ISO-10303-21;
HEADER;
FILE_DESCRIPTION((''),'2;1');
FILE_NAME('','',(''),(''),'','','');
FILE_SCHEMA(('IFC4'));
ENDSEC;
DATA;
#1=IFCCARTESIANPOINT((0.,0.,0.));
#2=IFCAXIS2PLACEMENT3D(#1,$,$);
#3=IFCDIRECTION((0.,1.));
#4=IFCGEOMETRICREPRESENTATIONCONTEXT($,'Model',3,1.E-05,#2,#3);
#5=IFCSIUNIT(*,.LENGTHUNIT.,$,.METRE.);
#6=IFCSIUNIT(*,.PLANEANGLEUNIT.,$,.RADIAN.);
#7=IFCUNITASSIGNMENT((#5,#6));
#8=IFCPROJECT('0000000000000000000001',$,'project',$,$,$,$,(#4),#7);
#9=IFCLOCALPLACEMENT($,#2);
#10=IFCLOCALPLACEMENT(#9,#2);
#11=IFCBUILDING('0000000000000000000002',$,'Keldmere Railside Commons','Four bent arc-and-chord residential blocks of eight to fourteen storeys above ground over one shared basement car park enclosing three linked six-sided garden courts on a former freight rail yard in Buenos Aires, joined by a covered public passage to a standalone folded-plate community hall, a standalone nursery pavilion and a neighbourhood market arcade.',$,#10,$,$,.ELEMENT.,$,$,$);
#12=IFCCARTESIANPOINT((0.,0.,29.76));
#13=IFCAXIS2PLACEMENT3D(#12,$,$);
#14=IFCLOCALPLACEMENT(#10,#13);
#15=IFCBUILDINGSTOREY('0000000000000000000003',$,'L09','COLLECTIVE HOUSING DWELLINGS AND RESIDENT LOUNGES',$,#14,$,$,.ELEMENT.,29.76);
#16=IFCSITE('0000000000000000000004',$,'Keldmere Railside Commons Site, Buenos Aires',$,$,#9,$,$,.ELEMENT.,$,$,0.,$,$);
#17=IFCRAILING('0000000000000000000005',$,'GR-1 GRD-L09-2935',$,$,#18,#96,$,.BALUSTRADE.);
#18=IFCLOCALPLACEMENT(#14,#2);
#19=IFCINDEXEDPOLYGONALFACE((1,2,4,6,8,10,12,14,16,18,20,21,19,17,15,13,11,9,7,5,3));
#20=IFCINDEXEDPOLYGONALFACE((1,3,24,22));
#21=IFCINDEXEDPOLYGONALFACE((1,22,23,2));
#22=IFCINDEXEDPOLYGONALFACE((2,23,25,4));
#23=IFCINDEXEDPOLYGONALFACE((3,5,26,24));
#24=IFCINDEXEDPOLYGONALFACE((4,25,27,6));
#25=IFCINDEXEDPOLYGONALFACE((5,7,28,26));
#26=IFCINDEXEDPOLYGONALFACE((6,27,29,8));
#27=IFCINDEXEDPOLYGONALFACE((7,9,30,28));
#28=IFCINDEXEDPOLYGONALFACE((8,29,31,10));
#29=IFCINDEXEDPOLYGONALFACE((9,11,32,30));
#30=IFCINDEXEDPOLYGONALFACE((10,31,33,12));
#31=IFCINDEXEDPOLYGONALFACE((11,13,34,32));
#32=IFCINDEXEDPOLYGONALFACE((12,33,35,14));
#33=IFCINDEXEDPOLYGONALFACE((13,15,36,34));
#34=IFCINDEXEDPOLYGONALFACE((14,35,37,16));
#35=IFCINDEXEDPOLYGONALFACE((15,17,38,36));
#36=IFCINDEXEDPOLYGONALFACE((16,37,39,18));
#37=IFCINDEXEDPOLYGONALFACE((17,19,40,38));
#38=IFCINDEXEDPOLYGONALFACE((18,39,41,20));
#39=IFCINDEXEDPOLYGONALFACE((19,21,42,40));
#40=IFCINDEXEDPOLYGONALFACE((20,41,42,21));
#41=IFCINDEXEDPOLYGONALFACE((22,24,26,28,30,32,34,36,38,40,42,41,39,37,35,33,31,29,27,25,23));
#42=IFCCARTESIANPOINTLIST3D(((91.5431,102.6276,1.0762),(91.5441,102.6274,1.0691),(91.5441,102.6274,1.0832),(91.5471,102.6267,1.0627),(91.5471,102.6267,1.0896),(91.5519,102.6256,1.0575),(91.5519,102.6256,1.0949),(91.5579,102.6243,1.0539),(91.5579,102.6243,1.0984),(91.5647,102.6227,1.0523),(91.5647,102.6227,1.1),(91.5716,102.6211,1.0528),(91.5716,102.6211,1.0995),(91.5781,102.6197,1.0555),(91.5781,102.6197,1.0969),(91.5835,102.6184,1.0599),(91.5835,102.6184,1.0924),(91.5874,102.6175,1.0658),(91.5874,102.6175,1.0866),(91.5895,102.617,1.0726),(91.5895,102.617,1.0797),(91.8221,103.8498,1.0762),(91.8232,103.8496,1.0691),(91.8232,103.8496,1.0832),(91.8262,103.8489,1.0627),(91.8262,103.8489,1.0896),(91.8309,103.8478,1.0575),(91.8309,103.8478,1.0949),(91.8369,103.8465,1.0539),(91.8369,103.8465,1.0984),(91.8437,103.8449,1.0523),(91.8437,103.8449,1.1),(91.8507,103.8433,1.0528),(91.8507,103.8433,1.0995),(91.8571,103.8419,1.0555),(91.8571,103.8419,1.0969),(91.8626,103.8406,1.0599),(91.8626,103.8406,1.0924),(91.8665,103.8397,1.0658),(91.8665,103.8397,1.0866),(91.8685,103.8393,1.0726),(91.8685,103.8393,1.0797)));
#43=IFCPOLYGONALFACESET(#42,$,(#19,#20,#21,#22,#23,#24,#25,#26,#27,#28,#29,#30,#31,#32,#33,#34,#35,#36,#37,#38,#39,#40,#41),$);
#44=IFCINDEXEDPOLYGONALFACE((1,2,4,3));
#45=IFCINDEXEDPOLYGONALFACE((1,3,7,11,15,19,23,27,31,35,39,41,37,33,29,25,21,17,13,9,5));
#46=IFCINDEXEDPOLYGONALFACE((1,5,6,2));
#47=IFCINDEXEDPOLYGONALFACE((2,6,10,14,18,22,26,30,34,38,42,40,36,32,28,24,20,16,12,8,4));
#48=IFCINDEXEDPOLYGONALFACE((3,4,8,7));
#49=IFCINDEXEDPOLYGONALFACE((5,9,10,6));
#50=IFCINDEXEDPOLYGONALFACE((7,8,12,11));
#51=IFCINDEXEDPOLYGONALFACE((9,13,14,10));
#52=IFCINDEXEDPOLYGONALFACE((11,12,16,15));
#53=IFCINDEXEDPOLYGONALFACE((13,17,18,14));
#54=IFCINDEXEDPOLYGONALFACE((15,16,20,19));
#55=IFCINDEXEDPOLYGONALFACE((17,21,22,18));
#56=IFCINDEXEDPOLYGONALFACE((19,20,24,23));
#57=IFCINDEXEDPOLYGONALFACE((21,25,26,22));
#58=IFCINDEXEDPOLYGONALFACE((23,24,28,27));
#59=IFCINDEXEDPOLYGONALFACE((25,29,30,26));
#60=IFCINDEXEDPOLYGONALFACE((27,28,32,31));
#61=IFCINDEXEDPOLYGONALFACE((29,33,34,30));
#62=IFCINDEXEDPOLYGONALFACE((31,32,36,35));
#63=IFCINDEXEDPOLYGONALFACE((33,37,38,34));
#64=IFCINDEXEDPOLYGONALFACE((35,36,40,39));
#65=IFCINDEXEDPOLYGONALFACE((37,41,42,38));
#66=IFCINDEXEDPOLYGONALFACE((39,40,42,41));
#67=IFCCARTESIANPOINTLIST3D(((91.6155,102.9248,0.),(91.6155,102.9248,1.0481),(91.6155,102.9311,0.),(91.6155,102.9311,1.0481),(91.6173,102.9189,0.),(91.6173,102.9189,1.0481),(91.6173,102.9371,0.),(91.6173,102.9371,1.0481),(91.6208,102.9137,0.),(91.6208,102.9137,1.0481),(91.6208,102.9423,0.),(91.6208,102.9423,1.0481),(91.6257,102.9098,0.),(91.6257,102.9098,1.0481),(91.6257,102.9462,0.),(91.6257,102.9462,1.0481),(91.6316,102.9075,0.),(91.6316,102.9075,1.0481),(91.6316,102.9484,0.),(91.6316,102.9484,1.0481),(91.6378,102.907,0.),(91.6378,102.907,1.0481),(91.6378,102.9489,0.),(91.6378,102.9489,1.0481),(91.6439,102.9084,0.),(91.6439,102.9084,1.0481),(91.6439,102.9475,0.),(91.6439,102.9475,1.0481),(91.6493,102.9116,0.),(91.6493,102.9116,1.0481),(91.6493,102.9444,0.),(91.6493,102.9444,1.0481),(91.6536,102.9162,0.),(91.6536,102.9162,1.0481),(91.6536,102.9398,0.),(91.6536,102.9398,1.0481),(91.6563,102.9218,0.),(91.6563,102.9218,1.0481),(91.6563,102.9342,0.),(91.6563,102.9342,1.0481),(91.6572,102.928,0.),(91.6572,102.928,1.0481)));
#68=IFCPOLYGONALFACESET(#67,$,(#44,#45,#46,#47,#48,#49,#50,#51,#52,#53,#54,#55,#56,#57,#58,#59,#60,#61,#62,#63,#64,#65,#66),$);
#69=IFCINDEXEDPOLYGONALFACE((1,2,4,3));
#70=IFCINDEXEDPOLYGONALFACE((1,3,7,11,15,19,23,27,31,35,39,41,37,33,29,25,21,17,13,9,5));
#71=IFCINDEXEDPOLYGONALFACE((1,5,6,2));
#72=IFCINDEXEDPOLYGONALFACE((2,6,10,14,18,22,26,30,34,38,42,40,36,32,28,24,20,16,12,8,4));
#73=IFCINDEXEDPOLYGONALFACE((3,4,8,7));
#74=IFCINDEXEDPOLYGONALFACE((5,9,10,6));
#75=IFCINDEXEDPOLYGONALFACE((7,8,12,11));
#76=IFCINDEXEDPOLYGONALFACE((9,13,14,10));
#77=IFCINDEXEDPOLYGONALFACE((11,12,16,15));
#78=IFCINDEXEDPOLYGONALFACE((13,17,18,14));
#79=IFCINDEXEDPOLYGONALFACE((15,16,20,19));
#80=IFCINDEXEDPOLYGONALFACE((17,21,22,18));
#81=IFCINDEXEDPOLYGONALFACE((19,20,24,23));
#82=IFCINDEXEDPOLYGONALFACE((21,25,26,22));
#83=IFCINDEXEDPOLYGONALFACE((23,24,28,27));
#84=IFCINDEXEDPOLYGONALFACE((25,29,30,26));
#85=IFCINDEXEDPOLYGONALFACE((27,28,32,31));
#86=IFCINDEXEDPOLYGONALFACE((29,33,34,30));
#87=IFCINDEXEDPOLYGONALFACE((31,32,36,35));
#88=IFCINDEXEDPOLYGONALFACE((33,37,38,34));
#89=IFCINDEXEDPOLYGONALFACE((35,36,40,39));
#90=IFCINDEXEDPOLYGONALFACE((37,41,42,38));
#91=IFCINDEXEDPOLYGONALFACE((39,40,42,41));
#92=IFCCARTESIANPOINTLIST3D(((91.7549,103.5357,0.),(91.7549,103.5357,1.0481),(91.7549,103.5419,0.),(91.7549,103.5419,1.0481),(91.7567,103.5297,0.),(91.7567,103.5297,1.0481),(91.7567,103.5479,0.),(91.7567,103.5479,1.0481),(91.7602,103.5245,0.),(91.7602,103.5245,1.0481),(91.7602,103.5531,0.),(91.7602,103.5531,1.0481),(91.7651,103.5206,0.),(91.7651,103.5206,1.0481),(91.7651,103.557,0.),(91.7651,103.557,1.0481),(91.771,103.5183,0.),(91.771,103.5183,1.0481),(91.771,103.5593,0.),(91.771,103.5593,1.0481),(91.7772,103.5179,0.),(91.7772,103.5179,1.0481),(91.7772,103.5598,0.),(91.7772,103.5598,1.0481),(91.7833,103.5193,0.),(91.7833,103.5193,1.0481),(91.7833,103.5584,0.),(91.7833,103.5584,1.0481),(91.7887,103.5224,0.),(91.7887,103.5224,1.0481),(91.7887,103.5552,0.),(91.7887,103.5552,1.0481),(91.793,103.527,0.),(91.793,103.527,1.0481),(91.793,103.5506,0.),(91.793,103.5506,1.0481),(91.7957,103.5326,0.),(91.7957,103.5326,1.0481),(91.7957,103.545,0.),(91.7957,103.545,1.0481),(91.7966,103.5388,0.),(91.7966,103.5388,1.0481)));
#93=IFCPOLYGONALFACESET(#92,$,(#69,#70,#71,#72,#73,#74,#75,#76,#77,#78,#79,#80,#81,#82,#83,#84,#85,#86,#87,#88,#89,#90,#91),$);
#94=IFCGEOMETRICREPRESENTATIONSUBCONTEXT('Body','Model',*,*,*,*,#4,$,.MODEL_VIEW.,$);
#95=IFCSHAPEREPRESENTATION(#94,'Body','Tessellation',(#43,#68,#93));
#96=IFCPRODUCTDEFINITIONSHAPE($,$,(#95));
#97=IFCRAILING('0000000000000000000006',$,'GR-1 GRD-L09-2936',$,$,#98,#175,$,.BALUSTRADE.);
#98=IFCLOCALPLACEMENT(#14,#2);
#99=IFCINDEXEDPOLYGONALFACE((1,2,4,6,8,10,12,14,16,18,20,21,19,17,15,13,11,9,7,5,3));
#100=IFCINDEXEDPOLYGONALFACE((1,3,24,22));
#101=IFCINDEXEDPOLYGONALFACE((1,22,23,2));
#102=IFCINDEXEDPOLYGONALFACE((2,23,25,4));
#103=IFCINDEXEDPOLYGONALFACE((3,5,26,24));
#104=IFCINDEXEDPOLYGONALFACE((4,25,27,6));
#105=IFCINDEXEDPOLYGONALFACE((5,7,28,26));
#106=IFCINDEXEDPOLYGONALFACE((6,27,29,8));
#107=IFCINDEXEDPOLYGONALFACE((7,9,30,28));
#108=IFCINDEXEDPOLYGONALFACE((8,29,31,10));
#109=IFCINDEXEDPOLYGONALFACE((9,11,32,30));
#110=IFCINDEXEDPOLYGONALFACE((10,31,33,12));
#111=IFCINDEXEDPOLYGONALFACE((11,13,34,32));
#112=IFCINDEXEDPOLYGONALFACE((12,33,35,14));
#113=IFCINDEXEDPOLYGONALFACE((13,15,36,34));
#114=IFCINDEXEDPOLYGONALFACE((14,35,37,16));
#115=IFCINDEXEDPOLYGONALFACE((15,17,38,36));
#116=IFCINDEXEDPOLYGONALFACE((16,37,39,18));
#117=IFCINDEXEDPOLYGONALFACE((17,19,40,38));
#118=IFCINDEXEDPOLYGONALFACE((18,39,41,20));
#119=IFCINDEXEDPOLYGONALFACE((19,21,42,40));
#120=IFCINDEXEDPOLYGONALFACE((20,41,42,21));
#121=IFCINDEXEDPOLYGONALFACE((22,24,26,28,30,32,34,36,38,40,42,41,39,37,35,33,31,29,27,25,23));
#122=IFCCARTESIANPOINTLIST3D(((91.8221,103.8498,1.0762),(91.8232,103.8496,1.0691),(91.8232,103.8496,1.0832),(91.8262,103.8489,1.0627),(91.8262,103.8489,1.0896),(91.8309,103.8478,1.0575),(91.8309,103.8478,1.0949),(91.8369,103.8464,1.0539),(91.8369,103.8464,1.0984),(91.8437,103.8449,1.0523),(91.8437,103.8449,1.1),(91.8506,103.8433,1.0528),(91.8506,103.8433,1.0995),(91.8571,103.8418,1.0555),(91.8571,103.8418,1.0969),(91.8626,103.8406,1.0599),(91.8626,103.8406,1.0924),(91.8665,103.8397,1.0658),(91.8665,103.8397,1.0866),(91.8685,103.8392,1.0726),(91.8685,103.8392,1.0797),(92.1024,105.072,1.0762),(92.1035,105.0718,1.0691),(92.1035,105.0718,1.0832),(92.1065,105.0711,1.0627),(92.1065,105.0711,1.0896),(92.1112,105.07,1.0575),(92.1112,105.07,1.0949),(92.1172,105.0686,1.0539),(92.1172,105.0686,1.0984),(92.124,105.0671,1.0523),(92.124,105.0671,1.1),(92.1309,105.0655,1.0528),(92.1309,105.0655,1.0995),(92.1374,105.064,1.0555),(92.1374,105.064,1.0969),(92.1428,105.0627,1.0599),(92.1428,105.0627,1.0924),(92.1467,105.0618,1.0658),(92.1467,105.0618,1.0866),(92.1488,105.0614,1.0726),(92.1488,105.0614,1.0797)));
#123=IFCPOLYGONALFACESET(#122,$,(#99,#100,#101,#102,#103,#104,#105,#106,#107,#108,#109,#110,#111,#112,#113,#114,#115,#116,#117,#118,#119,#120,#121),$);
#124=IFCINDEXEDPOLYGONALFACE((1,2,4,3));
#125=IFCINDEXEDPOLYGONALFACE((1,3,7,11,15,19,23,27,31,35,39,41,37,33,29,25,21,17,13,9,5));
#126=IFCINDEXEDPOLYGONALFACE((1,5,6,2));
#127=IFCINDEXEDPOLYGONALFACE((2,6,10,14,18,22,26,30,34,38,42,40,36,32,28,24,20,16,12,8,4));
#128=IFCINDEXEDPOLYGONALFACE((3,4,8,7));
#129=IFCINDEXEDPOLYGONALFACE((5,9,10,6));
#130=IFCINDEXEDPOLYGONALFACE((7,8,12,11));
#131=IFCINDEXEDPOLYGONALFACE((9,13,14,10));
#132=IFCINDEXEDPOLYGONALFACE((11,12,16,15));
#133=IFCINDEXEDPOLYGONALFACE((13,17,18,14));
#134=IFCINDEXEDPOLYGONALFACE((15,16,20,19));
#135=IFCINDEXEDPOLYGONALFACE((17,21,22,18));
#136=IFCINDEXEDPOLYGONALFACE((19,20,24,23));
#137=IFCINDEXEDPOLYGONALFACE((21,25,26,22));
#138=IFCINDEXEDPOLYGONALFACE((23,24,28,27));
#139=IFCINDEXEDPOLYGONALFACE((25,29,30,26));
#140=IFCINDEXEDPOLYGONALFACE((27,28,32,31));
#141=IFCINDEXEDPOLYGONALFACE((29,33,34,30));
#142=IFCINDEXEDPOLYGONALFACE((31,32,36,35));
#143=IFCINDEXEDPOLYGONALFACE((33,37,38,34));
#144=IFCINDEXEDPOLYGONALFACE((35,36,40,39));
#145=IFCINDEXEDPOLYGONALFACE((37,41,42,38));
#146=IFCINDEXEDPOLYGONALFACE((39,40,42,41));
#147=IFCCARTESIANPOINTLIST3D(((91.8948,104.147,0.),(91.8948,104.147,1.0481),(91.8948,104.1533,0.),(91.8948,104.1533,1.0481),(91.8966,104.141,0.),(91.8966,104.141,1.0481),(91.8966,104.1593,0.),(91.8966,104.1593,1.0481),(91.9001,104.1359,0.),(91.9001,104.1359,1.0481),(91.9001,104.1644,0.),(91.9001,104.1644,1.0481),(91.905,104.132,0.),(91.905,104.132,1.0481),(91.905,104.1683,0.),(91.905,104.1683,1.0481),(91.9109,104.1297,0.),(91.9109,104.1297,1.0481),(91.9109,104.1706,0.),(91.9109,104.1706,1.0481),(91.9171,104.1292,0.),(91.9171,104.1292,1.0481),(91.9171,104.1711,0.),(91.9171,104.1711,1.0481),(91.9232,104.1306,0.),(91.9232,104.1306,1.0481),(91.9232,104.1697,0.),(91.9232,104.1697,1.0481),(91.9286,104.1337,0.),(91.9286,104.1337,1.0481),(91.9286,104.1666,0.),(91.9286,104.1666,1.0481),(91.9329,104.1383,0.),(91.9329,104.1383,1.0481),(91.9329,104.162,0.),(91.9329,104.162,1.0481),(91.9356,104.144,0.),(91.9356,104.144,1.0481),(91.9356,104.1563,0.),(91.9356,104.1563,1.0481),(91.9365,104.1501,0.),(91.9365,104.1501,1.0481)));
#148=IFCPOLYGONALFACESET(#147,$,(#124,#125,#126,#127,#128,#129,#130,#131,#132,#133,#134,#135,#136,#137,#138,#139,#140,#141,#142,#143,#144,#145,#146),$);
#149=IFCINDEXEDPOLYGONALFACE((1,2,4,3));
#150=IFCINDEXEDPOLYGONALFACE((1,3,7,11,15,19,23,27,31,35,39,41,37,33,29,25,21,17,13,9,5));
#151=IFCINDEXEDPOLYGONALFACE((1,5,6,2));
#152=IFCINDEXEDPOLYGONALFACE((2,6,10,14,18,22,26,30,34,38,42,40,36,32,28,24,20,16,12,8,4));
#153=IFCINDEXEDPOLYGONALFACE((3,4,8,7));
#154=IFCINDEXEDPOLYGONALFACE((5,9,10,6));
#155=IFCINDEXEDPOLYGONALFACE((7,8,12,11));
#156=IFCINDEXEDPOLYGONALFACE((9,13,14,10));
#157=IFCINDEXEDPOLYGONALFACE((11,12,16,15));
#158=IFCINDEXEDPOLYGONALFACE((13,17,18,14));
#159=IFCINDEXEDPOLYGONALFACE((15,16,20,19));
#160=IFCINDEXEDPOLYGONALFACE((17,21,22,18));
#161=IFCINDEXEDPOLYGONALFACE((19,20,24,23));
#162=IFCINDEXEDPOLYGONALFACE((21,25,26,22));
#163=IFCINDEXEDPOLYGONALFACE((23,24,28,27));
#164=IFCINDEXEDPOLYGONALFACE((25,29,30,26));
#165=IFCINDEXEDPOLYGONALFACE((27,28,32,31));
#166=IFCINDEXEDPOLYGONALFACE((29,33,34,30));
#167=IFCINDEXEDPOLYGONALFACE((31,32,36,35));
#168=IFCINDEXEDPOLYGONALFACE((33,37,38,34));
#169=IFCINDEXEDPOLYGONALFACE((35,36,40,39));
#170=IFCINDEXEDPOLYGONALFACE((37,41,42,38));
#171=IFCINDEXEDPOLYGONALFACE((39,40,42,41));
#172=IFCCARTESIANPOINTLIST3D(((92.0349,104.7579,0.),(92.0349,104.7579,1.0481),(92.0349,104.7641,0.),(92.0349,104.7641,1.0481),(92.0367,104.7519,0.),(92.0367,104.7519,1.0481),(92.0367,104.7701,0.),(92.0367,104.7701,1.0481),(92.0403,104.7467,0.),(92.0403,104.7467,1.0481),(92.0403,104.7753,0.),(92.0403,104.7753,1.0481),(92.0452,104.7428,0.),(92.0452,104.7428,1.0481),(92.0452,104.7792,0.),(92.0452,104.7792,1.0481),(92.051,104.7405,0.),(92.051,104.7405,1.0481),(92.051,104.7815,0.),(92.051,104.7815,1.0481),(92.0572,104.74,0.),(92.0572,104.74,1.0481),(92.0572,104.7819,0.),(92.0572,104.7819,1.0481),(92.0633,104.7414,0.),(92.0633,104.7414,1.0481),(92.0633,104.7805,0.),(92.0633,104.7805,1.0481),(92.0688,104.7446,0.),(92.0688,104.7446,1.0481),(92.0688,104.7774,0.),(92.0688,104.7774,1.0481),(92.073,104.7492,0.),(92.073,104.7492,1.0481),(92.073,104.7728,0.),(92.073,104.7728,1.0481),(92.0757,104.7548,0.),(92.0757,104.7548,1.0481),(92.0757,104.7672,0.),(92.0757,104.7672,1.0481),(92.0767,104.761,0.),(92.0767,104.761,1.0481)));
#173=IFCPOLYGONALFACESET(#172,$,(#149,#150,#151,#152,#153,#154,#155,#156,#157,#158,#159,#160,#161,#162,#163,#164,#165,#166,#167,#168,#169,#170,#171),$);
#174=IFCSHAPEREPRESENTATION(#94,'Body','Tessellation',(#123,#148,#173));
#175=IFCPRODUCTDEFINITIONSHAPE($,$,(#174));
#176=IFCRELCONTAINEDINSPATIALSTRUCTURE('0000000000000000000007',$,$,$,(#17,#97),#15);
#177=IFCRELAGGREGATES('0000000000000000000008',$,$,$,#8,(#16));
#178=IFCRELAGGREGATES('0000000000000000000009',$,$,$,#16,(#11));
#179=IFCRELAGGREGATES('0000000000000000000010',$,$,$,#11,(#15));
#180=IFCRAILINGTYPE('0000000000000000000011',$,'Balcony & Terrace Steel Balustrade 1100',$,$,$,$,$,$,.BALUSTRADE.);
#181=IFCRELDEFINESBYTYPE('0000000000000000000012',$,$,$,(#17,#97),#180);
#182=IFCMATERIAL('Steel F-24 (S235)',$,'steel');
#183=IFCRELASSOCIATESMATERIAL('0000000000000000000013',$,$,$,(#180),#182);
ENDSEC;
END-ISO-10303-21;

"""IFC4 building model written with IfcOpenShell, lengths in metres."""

from ifc_helpers import new_model, si_unit, direction, frame, origin, origin_2d, place, context, subcontext, project, spatial, circle, extrude, material, type_object, element, save


model = new_model("IFC4")

# Units and contexts
model_context = context("Model", 3, precision=1e-05, world=origin(), true_north=direction((0.0, 1.0)))
body_context = subcontext(model_context, "Body", "Model", "MODEL_VIEW")
ifc_project = project(units=[si_unit("LENGTHUNIT", "METRE"), si_unit("PLANEANGLEUNIT", "RADIAN")], contexts=[model_context])

# Site, building, storey
site_placement = place(None, origin())
site = spatial("IfcSite", under=ifc_project, at=site_placement, Name="Keldmere Railside Commons Site, Buenos Aires", CompositionType="ELEMENT", RefElevation=0.0)
building_placement = place(site_placement, origin())
building = spatial("IfcBuilding", under=site, at=building_placement, Name="Keldmere Railside Commons", Description="Four bent arc-and-chord residential blocks of eight to fourteen storeys above ground over one shared basement car park enclosing three linked six-sided garden courts on a former freight rail yard in Buenos Aires, joined by a covered public passage to a standalone folded-plate community hall, a standalone nursery pavilion and a neighbourhood market arcade.", CompositionType="ELEMENT")
storey_placement = place(building_placement, frame((0.0, 0.0, 29.76)))
storey = spatial("IfcBuildingStorey", under=building, at=storey_placement, Name="L09", Description="COLLECTIVE HOUSING DWELLINGS AND RESIDENT LOUNGES", CompositionType="ELEMENT", Elevation=29.76)

# Railings
ifc_material_1 = material(Name="Steel F-24 (S235)", Category="steel")
railing_type = type_object("IfcRailingType", Name="Balcony & Terrace Steel Balustrade 1100", PredefinedType="BALUSTRADE", material=ifc_material_1)
railing_1_placement = place(storey_placement, frame((91.5664, 102.6223, 0.0)))
element("IfcRailing", 1, at=railing_1_placement, inside=storey, type_object=railing_type, Name="GR-1 GRD-L09-2935", PredefinedType="BALUSTRADE", context=body_context, shape_type="SweptSolid", body=[
    extrude(circle(Radius=0.0239, at=origin_2d()), frame((0.0, 0.0, 1.0762), z_axis=(0.222597, 0.97491, 0.0), x_axis=(-0.97491, 0.222597, 0.0)), (0.0, 0.0, 1.0), 1.2537),
    extrude(circle(Radius=0.021, at=origin_2d()), frame((0.0698, 0.3057, 0.0)), (0.0, 0.0, 1.0), 1.0481),
    extrude(circle(Radius=0.021, at=origin_2d()), frame((0.2092, 0.9165, 0.0)), (0.0, 0.0, 1.0), 1.0481),
])
railing_2_placement = place(storey_placement, frame((91.8455, 103.8445, 0.0)))
element("IfcRailing", 2, at=railing_2_placement, inside=storey, type_object=railing_type, Name="GR-1 GRD-L09-2936", PredefinedType="BALUSTRADE", context=body_context, shape_type="SweptSolid", body=[
    extrude(circle(Radius=0.0239, at=origin_2d()), frame((0.0, 0.0, 1.0762), z_axis=(0.223523, 0.974699, 0.0), x_axis=(-0.974699, 0.223523, 0.0)), (0.0, 0.0, 1.0), 1.2539),
    extrude(circle(Radius=0.021, at=origin_2d()), frame((0.0701, 0.3057, 0.0)), (0.0, 0.0, 1.0), 1.0481),
    extrude(circle(Radius=0.021, at=origin_2d()), frame((0.2102, 0.9165, 0.0)), (0.0, 0.0, 1.0), 1.0481),
])

save(model, "model.ifc")
